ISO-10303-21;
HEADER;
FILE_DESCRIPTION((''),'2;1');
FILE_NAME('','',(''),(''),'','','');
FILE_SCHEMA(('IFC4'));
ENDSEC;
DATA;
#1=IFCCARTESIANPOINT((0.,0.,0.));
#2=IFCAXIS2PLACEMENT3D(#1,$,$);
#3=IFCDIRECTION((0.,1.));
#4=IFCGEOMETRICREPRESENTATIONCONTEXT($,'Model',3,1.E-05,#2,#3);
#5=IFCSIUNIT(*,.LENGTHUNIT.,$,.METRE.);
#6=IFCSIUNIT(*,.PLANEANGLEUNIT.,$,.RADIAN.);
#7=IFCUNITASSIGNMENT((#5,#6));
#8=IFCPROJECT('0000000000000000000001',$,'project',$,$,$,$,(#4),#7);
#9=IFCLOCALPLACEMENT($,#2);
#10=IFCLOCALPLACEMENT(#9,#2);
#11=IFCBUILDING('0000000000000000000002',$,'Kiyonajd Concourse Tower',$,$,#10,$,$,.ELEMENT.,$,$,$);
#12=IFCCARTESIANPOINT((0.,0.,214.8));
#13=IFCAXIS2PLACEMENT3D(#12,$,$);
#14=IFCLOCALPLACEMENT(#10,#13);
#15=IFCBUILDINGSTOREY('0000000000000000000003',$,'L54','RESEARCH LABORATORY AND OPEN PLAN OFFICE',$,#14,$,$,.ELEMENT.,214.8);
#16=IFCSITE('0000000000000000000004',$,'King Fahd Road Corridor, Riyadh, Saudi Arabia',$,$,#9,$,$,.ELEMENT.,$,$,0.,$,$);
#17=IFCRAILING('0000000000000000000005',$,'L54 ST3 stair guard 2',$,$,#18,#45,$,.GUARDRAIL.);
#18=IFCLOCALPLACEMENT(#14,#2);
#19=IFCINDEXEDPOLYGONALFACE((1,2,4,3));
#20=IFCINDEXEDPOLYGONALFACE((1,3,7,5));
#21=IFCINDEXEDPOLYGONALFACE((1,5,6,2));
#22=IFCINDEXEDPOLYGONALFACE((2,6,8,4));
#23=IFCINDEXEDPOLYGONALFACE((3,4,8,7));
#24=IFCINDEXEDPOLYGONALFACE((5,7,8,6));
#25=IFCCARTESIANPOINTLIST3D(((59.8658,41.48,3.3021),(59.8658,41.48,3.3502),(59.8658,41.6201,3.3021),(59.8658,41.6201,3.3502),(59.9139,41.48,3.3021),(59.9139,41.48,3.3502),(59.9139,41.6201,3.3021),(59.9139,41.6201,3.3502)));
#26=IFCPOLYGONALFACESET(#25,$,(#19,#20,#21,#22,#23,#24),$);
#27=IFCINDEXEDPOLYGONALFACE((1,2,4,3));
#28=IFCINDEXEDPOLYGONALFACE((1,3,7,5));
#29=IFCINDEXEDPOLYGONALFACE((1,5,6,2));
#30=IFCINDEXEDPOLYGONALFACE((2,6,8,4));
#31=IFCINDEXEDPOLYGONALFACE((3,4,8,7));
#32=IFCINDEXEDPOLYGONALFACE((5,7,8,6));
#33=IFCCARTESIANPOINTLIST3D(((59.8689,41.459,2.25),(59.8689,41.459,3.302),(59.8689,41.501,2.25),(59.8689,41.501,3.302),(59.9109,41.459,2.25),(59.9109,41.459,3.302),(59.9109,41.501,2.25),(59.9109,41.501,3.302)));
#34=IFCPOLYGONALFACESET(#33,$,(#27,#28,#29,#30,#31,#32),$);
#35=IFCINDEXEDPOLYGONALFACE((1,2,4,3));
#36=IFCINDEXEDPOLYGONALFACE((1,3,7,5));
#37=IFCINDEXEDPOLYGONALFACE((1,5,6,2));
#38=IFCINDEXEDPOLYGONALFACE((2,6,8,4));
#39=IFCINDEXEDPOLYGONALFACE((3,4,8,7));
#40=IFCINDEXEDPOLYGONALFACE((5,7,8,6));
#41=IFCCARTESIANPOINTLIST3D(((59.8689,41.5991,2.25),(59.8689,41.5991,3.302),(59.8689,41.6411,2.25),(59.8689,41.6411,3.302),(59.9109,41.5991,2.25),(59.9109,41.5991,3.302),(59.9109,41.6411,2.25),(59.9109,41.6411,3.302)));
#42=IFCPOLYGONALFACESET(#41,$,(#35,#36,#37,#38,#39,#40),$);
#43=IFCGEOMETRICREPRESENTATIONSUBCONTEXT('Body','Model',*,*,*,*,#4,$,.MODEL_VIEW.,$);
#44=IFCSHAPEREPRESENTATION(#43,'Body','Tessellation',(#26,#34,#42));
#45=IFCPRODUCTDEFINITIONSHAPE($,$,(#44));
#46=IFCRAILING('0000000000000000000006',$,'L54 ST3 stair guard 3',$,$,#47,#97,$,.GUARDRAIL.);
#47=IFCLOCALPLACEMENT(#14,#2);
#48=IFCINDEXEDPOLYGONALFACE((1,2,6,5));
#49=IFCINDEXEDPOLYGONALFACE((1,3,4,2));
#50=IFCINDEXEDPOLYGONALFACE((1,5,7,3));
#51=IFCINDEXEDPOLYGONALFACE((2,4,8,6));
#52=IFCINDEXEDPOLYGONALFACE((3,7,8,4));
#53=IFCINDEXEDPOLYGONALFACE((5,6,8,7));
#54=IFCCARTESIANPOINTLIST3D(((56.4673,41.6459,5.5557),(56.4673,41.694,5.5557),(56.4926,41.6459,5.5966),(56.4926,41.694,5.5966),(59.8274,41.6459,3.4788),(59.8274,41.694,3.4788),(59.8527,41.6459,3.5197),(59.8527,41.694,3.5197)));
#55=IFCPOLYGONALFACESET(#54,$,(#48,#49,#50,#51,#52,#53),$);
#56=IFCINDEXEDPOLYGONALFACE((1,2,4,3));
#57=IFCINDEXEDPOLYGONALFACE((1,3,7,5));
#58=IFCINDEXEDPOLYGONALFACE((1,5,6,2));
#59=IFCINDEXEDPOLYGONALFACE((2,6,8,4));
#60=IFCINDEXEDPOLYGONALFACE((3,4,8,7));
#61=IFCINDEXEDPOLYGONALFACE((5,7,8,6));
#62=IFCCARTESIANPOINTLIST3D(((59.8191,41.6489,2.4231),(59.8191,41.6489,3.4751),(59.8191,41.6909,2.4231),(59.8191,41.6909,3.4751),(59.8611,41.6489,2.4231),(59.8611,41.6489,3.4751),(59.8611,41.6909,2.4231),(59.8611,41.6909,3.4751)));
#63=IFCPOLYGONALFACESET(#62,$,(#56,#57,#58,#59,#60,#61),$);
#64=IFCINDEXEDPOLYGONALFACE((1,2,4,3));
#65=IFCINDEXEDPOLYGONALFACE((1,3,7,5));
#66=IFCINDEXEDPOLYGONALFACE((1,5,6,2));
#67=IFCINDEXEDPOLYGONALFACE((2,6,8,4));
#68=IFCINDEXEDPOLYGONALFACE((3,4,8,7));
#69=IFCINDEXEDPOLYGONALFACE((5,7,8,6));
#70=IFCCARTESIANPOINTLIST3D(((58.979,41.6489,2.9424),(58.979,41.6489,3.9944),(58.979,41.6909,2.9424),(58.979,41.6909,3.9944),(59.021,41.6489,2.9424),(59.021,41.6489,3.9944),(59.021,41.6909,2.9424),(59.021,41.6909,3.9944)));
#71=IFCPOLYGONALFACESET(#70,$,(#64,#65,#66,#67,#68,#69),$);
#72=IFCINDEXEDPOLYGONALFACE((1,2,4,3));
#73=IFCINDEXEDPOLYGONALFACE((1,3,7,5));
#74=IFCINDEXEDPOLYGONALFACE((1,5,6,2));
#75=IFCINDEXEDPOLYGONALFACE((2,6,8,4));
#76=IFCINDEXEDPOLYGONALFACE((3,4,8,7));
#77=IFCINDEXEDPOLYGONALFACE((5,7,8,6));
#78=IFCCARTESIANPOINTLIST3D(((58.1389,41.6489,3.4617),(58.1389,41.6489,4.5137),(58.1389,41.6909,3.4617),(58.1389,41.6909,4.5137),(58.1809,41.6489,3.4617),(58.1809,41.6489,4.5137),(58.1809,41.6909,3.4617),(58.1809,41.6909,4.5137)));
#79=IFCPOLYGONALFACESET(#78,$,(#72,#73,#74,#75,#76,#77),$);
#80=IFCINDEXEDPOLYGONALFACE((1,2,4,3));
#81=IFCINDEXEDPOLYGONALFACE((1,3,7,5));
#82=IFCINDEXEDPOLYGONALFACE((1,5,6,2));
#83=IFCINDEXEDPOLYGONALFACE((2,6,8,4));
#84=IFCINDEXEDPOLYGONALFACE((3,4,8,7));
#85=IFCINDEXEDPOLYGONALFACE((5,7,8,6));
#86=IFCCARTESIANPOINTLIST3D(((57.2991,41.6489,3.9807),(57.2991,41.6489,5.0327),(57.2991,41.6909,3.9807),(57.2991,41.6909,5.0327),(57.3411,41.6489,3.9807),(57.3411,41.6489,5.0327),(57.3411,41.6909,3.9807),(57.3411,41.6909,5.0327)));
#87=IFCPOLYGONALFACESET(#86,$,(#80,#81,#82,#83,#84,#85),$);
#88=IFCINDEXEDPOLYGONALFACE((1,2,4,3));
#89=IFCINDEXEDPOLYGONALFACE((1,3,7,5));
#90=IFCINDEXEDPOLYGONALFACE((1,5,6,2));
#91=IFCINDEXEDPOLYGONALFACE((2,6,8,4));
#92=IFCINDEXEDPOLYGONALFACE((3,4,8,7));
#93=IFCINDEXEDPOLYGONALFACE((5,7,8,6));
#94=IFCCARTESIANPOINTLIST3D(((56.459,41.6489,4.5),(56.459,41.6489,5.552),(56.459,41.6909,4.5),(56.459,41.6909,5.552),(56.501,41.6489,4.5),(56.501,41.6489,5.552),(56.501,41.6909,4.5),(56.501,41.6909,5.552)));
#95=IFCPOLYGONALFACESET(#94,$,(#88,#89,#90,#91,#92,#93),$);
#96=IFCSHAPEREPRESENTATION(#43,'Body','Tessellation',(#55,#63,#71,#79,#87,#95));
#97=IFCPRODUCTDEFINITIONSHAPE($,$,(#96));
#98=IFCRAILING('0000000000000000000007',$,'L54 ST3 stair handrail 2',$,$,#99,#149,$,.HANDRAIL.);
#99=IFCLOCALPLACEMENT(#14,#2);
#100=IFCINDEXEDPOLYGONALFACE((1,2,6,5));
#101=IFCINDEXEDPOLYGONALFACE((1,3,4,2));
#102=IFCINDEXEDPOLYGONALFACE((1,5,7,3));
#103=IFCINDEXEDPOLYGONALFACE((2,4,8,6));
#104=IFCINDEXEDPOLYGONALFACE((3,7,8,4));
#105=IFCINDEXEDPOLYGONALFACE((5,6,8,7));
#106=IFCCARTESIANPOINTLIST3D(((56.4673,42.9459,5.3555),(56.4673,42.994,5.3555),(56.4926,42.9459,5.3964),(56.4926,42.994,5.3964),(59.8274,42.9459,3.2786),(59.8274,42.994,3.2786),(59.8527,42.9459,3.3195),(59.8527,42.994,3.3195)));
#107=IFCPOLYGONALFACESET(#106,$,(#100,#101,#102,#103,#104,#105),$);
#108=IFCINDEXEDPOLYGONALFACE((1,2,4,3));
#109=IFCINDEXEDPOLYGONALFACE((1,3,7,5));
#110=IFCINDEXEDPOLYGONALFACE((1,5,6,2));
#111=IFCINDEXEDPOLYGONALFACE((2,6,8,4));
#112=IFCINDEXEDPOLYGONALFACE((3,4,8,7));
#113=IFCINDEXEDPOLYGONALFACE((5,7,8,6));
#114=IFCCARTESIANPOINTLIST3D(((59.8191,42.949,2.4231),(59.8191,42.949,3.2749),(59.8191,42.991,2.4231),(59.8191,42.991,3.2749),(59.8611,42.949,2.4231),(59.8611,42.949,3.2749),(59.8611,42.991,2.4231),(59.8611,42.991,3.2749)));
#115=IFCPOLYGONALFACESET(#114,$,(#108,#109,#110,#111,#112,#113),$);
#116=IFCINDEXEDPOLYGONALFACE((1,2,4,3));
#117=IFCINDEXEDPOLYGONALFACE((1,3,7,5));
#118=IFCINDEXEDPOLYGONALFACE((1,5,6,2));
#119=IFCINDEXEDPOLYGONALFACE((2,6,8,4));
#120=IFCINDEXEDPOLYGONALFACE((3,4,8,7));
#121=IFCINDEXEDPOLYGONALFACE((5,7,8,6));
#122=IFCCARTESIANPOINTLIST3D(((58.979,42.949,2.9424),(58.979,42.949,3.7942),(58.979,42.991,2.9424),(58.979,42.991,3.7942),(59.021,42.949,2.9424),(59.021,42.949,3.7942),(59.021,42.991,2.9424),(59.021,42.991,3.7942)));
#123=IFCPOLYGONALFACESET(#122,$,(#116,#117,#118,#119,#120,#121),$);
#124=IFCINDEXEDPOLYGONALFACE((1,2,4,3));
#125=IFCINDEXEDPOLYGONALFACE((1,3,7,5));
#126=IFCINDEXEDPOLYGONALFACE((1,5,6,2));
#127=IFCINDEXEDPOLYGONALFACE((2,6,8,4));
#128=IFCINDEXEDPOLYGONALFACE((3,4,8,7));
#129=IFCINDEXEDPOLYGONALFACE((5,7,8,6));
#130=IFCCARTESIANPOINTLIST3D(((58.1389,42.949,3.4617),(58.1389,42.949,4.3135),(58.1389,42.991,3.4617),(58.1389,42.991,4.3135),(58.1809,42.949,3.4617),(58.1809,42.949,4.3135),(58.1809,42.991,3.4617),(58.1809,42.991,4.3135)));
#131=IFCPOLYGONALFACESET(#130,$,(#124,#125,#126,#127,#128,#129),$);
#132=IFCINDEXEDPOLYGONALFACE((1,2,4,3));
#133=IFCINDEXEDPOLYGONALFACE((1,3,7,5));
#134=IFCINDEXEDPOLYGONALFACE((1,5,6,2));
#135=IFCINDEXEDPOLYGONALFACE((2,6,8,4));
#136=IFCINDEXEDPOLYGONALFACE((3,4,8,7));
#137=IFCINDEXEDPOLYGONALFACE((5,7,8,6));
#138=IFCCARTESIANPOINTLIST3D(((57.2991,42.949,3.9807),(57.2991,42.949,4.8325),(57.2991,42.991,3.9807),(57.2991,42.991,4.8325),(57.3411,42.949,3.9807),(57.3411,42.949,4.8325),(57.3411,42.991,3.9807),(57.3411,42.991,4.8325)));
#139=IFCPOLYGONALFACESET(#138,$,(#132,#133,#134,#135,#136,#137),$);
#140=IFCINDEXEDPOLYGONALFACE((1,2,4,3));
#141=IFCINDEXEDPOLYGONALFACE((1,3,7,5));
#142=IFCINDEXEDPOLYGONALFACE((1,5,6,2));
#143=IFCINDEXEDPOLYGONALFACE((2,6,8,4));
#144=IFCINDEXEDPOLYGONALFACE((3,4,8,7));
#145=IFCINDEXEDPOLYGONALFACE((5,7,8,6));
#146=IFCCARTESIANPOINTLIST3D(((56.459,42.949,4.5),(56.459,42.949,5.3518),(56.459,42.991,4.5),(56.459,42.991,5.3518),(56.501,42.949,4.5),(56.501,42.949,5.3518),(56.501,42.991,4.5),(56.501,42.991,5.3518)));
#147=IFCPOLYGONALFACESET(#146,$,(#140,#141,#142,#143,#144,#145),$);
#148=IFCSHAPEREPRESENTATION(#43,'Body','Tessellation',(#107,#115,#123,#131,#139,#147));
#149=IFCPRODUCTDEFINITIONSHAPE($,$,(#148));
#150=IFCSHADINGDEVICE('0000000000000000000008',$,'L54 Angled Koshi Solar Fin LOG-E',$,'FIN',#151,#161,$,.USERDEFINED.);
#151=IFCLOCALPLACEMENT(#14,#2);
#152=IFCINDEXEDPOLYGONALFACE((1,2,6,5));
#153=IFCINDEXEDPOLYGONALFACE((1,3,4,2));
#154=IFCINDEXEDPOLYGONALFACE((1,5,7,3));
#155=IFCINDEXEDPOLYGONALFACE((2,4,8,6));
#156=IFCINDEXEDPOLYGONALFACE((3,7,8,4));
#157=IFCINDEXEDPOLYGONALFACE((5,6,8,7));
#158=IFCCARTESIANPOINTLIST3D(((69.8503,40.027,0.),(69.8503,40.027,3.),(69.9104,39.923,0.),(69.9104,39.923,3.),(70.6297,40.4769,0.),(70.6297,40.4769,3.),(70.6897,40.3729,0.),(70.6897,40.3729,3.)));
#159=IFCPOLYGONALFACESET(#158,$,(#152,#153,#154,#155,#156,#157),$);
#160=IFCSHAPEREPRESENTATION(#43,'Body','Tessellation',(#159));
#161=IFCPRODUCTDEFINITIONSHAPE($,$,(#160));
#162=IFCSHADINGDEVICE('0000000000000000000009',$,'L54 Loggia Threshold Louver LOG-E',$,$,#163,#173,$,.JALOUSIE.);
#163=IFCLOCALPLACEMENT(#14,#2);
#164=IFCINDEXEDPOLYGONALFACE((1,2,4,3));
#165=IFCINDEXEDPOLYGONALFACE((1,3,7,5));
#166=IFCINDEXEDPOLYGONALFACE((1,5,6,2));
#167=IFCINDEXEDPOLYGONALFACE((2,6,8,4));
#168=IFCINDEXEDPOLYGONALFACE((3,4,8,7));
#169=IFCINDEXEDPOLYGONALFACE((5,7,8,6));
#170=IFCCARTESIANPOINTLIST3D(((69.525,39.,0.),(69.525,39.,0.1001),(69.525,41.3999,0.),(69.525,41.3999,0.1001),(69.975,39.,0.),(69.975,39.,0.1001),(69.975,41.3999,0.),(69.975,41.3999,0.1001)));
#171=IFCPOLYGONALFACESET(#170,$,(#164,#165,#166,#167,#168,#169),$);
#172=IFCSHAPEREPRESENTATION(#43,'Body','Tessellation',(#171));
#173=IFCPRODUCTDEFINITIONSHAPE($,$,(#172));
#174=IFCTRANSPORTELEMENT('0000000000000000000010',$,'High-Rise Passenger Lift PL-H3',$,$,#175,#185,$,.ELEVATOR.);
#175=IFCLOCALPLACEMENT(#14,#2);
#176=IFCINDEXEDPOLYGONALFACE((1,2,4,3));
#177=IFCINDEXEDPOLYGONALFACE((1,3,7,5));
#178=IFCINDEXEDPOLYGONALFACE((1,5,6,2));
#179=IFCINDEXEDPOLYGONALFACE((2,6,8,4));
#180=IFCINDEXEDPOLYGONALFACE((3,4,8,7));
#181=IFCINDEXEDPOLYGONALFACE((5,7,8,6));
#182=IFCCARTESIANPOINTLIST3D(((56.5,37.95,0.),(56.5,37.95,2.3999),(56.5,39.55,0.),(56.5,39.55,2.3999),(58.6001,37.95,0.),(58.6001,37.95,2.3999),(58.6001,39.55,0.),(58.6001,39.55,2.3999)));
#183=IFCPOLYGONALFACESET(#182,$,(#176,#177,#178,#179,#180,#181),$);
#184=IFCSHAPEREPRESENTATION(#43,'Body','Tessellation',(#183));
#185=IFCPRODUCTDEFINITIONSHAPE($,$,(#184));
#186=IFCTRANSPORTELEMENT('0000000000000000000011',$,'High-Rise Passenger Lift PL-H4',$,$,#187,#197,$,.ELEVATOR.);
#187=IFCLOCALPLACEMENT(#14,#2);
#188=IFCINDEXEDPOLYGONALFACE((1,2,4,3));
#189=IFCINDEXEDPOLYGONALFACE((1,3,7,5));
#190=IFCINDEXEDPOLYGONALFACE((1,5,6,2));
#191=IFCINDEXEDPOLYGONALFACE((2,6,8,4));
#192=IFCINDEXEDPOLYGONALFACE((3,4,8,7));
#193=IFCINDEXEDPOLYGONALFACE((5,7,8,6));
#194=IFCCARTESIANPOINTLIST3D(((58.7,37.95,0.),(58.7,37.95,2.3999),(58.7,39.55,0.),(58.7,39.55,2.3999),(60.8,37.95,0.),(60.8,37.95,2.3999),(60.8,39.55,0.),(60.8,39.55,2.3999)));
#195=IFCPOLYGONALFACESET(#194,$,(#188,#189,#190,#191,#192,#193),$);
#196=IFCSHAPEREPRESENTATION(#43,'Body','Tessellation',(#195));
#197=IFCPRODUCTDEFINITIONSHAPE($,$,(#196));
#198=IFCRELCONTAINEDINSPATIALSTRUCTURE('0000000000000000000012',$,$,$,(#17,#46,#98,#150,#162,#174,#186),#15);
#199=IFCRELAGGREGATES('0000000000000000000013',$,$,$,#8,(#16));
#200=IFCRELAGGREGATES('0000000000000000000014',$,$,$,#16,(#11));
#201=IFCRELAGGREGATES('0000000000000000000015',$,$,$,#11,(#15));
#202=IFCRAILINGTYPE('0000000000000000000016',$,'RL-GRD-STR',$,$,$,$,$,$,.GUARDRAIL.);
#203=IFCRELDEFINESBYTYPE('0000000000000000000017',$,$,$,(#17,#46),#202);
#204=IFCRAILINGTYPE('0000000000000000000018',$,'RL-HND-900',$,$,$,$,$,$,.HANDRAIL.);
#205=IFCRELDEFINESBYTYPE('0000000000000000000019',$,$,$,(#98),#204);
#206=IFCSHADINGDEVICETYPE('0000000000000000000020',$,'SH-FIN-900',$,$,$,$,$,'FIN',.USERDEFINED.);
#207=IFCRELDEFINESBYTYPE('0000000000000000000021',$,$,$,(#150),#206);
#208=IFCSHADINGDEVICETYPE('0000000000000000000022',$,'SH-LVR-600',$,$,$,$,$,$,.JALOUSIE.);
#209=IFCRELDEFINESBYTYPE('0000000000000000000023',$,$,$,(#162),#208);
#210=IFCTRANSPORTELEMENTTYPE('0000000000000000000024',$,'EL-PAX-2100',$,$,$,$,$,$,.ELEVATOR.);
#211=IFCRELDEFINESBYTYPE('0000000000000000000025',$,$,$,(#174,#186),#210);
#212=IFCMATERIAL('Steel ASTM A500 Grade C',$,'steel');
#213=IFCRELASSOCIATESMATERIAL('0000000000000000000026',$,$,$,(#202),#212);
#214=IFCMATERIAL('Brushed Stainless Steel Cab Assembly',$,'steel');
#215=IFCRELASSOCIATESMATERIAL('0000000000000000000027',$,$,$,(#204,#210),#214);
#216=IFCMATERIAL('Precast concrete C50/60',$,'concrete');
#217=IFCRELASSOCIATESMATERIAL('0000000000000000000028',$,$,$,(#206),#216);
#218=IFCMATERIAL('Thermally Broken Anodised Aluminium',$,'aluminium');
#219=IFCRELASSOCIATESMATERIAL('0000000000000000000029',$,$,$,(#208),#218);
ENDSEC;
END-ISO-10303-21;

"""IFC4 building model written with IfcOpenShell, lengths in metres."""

from ifc_helpers import new_model, si_unit, direction, frame, origin, origin_2d, place, context, subcontext, project, spatial, rectangle, extrude, material, type_object, element, save


model = new_model("IFC4")

# Units and contexts
model_context = context("Model", 3, precision=1e-05, world=origin(), true_north=direction((0.0, 1.0)))
body_context = subcontext(model_context, "Body", "Model", "MODEL_VIEW")
ifc_project = project(units=[si_unit("LENGTHUNIT", "METRE"), si_unit("PLANEANGLEUNIT", "RADIAN")], contexts=[model_context])

# Site, building, storey
site_placement = place(None, origin())
site = spatial("IfcSite", under=ifc_project, at=site_placement, Name="King Fahd Road Corridor, Riyadh, Saudi Arabia", CompositionType="ELEMENT", RefElevation=0.0)
building_placement = place(site_placement, origin())
building = spatial("IfcBuilding", under=site, at=building_placement, Name="Kiyonajd Concourse Tower", CompositionType="ELEMENT")
storey_placement = place(building_placement, frame((0.0, 0.0, 214.8)))
storey = spatial("IfcBuildingStorey", under=building, at=storey_placement, Name="L54", Description="RESEARCH LABORATORY AND OPEN PLAN OFFICE", CompositionType="ELEMENT", Elevation=214.8)

# Shared definitions
ifc_material_1 = material(Name="Thermally Broken Anodised Aluminium", Category="aluminium")

# Shared definitions
ifc_material_2 = material(Name="Precast concrete C50/60", Category="concrete")

# Shared definitions
ifc_material_3 = material(Name="Brushed Stainless Steel Cab Assembly", Category="steel")

# Railings
ifc_material_4 = material(Name="Steel ASTM A500 Grade C", Category="steel")
railing_type_1 = type_object("IfcRailingType", Name="RL-GRD-STR", PredefinedType="GUARDRAIL", material=ifc_material_4)
railing_1_placement = place(storey_placement, frame((59.8899, 41.48, 2.25)))
element("IfcRailing", 1, at=railing_1_placement, inside=storey, type_object=railing_type_1, Name="L54 ST3 stair guard 2", PredefinedType="GUARDRAIL", context=body_context, shape_type="SweptSolid", body=[
    extrude(rectangle(XDim=0.0481, YDim=0.0481, at=origin_2d()), frame((0.0, 0.0, 1.0762), z_axis=(0.0, 1.0, 0.0), x_axis=(-1.0, 0.0, 0.0)), (0.0, 0.0, 1.0), 0.1401),
    extrude(rectangle(XDim=0.042, YDim=0.042, at=origin_2d()), origin(), (0.0, 0.0, 1.0), 1.052),
    extrude(rectangle(XDim=0.042, YDim=0.042, at=origin_2d()), frame((0.0, 0.1401, 0.0)), (0.0, 0.0, 1.0), 1.052),
])
railing_2_placement = place(storey_placement, frame((59.8401, 41.6699, 2.4231)))
element("IfcRailing", 2, at=railing_2_placement, inside=storey, type_object=railing_type_1, Name="L54 ST3 stair guard 3", PredefinedType="GUARDRAIL", context=body_context, shape_type="SweptSolid", body=[
    extrude(rectangle(XDim=0.0481, YDim=0.0481, at=origin_2d()), frame((0.0, 0.0, 1.0762), z_axis=(-0.850623, 0.0, 0.525776), x_axis=(0.0, -1.0, 0.0)), (0.0, 0.0, 1.0), 3.9502),
    extrude(rectangle(XDim=0.042, YDim=0.042, at=origin_2d()), origin(), (0.0, 0.0, 1.0), 1.052),
    extrude(rectangle(XDim=0.042, YDim=0.042, at=origin_2d()), frame((-0.8401, 0.0, 0.5193)), (0.0, 0.0, 1.0), 1.052),
    extrude(rectangle(XDim=0.042, YDim=0.042, at=origin_2d()), frame((-1.6802, 0.0, 1.0386)), (0.0, 0.0, 1.0), 1.052),
    extrude(rectangle(XDim=0.042, YDim=0.042, at=origin_2d()), frame((-2.52, 0.0, 1.5576)), (0.0, 0.0, 1.0), 1.052),
    extrude(rectangle(XDim=0.042, YDim=0.042, at=origin_2d()), frame((-3.3601, 0.0, 2.0769)), (0.0, 0.0, 1.0), 1.052),
])
railing_type_2 = type_object("IfcRailingType", Name="RL-HND-900", PredefinedType="HANDRAIL", material=ifc_material_3)
railing_3_placement = place(storey_placement, frame((59.8401, 42.97, 2.4231)))
element("IfcRailing", 3, at=railing_3_placement, inside=storey, type_object=railing_type_2, Name="L54 ST3 stair handrail 2", PredefinedType="HANDRAIL", context=body_context, shape_type="SweptSolid", body=[
    extrude(rectangle(XDim=0.0481, YDim=0.0481, at=origin_2d()), frame((0.0, 0.0, 0.876), z_axis=(-0.850623, 0.0, 0.525776), x_axis=(0.0, -1.0, 0.0)), (0.0, 0.0, 1.0), 3.9502),
    extrude(rectangle(XDim=0.042, YDim=0.042, at=origin_2d()), origin(), (0.0, 0.0, 1.0), 0.8518),
    extrude(rectangle(XDim=0.042, YDim=0.042, at=origin_2d()), frame((-0.8401, 0.0, 0.5193)), (0.0, 0.0, 1.0), 0.8518),
    extrude(rectangle(XDim=0.042, YDim=0.042, at=origin_2d()), frame((-1.6802, 0.0, 1.0386)), (0.0, 0.0, 1.0), 0.8518),
    extrude(rectangle(XDim=0.042, YDim=0.042, at=origin_2d()), frame((-2.52, 0.0, 1.5576)), (0.0, 0.0, 1.0), 0.8518),
    extrude(rectangle(XDim=0.042, YDim=0.042, at=origin_2d()), frame((-3.3601, 0.0, 2.0769)), (0.0, 0.0, 1.0), 0.8518),
])

# Shading devices
shading_device_type_1 = type_object("IfcShadingDeviceType", Name="SH-FIN-900", ElementType="FIN", PredefinedType="USERDEFINED", material=ifc_material_2)
shading_device_1_placement = place(storey_placement, frame((70.27, 40.2, 0.0), z_axis=(0.0, 0.0, 1.0), x_axis=(0.866025, 0.5, 0.0)))
element("IfcShadingDevice", 4, at=shading_device_1_placement, inside=storey, type_object=shading_device_type_1, Name="L54 Angled Koshi Solar Fin LOG-E", ObjectType="FIN", PredefinedType="USERDEFINED", context=body_context, shape_type="SweptSolid", body=[
    extrude(rectangle(XDim=0.8999, YDim=0.1201, at=origin_2d()), origin(), (0.0, 0.0, 1.0), 3.0),
])
shading_device_type_2 = type_object("IfcShadingDeviceType", Name="SH-LVR-600", PredefinedType="JALOUSIE", material=ifc_material_1)
shading_device_2_placement = place(storey_placement, frame((69.75, 40.2, 0.0), z_axis=(0.0, 0.0, 1.0), x_axis=(0.0, 1.0, 0.0)))
element("IfcShadingDevice", 5, at=shading_device_2_placement, inside=storey, type_object=shading_device_type_2, Name="L54 Loggia Threshold Louver LOG-E", PredefinedType="JALOUSIE", context=body_context, shape_type="SweptSolid", body=[
    extrude(rectangle(XDim=2.3999, YDim=0.45, at=origin_2d()), origin(), (0.0, 0.0, 1.0), 0.1001),
])

# Transport elements
transport_element_type = type_object("IfcTransportElementType", Name="EL-PAX-2100", PredefinedType="ELEVATOR", material=ifc_material_3)
for number, where, z_axis, x_axis, name in (
    (6, (57.55, 38.75, 0.0), (0.0, 0.0, 1.0), (1.0, 0.0, 0.0), "High-Rise Passenger Lift PL-H3"),
    (7, (59.75, 38.75, 0.0), (0.0, 0.0, 1.0), (1.0, 0.0, 0.0), "High-Rise Passenger Lift PL-H4"),
):
    element("IfcTransportElement", number, at=place(storey_placement, frame(where, z_axis=z_axis, x_axis=x_axis)), inside=storey, type_object=transport_element_type, Name=name, PredefinedType="ELEVATOR", context=body_context, shape_type="SweptSolid", body=[
        extrude(rectangle(XDim=2.1001, YDim=1.6001, at=origin_2d()), origin(), (0.0, 0.0, 1.0), 2.3999),
    ])

save(model, "model.ifc")
